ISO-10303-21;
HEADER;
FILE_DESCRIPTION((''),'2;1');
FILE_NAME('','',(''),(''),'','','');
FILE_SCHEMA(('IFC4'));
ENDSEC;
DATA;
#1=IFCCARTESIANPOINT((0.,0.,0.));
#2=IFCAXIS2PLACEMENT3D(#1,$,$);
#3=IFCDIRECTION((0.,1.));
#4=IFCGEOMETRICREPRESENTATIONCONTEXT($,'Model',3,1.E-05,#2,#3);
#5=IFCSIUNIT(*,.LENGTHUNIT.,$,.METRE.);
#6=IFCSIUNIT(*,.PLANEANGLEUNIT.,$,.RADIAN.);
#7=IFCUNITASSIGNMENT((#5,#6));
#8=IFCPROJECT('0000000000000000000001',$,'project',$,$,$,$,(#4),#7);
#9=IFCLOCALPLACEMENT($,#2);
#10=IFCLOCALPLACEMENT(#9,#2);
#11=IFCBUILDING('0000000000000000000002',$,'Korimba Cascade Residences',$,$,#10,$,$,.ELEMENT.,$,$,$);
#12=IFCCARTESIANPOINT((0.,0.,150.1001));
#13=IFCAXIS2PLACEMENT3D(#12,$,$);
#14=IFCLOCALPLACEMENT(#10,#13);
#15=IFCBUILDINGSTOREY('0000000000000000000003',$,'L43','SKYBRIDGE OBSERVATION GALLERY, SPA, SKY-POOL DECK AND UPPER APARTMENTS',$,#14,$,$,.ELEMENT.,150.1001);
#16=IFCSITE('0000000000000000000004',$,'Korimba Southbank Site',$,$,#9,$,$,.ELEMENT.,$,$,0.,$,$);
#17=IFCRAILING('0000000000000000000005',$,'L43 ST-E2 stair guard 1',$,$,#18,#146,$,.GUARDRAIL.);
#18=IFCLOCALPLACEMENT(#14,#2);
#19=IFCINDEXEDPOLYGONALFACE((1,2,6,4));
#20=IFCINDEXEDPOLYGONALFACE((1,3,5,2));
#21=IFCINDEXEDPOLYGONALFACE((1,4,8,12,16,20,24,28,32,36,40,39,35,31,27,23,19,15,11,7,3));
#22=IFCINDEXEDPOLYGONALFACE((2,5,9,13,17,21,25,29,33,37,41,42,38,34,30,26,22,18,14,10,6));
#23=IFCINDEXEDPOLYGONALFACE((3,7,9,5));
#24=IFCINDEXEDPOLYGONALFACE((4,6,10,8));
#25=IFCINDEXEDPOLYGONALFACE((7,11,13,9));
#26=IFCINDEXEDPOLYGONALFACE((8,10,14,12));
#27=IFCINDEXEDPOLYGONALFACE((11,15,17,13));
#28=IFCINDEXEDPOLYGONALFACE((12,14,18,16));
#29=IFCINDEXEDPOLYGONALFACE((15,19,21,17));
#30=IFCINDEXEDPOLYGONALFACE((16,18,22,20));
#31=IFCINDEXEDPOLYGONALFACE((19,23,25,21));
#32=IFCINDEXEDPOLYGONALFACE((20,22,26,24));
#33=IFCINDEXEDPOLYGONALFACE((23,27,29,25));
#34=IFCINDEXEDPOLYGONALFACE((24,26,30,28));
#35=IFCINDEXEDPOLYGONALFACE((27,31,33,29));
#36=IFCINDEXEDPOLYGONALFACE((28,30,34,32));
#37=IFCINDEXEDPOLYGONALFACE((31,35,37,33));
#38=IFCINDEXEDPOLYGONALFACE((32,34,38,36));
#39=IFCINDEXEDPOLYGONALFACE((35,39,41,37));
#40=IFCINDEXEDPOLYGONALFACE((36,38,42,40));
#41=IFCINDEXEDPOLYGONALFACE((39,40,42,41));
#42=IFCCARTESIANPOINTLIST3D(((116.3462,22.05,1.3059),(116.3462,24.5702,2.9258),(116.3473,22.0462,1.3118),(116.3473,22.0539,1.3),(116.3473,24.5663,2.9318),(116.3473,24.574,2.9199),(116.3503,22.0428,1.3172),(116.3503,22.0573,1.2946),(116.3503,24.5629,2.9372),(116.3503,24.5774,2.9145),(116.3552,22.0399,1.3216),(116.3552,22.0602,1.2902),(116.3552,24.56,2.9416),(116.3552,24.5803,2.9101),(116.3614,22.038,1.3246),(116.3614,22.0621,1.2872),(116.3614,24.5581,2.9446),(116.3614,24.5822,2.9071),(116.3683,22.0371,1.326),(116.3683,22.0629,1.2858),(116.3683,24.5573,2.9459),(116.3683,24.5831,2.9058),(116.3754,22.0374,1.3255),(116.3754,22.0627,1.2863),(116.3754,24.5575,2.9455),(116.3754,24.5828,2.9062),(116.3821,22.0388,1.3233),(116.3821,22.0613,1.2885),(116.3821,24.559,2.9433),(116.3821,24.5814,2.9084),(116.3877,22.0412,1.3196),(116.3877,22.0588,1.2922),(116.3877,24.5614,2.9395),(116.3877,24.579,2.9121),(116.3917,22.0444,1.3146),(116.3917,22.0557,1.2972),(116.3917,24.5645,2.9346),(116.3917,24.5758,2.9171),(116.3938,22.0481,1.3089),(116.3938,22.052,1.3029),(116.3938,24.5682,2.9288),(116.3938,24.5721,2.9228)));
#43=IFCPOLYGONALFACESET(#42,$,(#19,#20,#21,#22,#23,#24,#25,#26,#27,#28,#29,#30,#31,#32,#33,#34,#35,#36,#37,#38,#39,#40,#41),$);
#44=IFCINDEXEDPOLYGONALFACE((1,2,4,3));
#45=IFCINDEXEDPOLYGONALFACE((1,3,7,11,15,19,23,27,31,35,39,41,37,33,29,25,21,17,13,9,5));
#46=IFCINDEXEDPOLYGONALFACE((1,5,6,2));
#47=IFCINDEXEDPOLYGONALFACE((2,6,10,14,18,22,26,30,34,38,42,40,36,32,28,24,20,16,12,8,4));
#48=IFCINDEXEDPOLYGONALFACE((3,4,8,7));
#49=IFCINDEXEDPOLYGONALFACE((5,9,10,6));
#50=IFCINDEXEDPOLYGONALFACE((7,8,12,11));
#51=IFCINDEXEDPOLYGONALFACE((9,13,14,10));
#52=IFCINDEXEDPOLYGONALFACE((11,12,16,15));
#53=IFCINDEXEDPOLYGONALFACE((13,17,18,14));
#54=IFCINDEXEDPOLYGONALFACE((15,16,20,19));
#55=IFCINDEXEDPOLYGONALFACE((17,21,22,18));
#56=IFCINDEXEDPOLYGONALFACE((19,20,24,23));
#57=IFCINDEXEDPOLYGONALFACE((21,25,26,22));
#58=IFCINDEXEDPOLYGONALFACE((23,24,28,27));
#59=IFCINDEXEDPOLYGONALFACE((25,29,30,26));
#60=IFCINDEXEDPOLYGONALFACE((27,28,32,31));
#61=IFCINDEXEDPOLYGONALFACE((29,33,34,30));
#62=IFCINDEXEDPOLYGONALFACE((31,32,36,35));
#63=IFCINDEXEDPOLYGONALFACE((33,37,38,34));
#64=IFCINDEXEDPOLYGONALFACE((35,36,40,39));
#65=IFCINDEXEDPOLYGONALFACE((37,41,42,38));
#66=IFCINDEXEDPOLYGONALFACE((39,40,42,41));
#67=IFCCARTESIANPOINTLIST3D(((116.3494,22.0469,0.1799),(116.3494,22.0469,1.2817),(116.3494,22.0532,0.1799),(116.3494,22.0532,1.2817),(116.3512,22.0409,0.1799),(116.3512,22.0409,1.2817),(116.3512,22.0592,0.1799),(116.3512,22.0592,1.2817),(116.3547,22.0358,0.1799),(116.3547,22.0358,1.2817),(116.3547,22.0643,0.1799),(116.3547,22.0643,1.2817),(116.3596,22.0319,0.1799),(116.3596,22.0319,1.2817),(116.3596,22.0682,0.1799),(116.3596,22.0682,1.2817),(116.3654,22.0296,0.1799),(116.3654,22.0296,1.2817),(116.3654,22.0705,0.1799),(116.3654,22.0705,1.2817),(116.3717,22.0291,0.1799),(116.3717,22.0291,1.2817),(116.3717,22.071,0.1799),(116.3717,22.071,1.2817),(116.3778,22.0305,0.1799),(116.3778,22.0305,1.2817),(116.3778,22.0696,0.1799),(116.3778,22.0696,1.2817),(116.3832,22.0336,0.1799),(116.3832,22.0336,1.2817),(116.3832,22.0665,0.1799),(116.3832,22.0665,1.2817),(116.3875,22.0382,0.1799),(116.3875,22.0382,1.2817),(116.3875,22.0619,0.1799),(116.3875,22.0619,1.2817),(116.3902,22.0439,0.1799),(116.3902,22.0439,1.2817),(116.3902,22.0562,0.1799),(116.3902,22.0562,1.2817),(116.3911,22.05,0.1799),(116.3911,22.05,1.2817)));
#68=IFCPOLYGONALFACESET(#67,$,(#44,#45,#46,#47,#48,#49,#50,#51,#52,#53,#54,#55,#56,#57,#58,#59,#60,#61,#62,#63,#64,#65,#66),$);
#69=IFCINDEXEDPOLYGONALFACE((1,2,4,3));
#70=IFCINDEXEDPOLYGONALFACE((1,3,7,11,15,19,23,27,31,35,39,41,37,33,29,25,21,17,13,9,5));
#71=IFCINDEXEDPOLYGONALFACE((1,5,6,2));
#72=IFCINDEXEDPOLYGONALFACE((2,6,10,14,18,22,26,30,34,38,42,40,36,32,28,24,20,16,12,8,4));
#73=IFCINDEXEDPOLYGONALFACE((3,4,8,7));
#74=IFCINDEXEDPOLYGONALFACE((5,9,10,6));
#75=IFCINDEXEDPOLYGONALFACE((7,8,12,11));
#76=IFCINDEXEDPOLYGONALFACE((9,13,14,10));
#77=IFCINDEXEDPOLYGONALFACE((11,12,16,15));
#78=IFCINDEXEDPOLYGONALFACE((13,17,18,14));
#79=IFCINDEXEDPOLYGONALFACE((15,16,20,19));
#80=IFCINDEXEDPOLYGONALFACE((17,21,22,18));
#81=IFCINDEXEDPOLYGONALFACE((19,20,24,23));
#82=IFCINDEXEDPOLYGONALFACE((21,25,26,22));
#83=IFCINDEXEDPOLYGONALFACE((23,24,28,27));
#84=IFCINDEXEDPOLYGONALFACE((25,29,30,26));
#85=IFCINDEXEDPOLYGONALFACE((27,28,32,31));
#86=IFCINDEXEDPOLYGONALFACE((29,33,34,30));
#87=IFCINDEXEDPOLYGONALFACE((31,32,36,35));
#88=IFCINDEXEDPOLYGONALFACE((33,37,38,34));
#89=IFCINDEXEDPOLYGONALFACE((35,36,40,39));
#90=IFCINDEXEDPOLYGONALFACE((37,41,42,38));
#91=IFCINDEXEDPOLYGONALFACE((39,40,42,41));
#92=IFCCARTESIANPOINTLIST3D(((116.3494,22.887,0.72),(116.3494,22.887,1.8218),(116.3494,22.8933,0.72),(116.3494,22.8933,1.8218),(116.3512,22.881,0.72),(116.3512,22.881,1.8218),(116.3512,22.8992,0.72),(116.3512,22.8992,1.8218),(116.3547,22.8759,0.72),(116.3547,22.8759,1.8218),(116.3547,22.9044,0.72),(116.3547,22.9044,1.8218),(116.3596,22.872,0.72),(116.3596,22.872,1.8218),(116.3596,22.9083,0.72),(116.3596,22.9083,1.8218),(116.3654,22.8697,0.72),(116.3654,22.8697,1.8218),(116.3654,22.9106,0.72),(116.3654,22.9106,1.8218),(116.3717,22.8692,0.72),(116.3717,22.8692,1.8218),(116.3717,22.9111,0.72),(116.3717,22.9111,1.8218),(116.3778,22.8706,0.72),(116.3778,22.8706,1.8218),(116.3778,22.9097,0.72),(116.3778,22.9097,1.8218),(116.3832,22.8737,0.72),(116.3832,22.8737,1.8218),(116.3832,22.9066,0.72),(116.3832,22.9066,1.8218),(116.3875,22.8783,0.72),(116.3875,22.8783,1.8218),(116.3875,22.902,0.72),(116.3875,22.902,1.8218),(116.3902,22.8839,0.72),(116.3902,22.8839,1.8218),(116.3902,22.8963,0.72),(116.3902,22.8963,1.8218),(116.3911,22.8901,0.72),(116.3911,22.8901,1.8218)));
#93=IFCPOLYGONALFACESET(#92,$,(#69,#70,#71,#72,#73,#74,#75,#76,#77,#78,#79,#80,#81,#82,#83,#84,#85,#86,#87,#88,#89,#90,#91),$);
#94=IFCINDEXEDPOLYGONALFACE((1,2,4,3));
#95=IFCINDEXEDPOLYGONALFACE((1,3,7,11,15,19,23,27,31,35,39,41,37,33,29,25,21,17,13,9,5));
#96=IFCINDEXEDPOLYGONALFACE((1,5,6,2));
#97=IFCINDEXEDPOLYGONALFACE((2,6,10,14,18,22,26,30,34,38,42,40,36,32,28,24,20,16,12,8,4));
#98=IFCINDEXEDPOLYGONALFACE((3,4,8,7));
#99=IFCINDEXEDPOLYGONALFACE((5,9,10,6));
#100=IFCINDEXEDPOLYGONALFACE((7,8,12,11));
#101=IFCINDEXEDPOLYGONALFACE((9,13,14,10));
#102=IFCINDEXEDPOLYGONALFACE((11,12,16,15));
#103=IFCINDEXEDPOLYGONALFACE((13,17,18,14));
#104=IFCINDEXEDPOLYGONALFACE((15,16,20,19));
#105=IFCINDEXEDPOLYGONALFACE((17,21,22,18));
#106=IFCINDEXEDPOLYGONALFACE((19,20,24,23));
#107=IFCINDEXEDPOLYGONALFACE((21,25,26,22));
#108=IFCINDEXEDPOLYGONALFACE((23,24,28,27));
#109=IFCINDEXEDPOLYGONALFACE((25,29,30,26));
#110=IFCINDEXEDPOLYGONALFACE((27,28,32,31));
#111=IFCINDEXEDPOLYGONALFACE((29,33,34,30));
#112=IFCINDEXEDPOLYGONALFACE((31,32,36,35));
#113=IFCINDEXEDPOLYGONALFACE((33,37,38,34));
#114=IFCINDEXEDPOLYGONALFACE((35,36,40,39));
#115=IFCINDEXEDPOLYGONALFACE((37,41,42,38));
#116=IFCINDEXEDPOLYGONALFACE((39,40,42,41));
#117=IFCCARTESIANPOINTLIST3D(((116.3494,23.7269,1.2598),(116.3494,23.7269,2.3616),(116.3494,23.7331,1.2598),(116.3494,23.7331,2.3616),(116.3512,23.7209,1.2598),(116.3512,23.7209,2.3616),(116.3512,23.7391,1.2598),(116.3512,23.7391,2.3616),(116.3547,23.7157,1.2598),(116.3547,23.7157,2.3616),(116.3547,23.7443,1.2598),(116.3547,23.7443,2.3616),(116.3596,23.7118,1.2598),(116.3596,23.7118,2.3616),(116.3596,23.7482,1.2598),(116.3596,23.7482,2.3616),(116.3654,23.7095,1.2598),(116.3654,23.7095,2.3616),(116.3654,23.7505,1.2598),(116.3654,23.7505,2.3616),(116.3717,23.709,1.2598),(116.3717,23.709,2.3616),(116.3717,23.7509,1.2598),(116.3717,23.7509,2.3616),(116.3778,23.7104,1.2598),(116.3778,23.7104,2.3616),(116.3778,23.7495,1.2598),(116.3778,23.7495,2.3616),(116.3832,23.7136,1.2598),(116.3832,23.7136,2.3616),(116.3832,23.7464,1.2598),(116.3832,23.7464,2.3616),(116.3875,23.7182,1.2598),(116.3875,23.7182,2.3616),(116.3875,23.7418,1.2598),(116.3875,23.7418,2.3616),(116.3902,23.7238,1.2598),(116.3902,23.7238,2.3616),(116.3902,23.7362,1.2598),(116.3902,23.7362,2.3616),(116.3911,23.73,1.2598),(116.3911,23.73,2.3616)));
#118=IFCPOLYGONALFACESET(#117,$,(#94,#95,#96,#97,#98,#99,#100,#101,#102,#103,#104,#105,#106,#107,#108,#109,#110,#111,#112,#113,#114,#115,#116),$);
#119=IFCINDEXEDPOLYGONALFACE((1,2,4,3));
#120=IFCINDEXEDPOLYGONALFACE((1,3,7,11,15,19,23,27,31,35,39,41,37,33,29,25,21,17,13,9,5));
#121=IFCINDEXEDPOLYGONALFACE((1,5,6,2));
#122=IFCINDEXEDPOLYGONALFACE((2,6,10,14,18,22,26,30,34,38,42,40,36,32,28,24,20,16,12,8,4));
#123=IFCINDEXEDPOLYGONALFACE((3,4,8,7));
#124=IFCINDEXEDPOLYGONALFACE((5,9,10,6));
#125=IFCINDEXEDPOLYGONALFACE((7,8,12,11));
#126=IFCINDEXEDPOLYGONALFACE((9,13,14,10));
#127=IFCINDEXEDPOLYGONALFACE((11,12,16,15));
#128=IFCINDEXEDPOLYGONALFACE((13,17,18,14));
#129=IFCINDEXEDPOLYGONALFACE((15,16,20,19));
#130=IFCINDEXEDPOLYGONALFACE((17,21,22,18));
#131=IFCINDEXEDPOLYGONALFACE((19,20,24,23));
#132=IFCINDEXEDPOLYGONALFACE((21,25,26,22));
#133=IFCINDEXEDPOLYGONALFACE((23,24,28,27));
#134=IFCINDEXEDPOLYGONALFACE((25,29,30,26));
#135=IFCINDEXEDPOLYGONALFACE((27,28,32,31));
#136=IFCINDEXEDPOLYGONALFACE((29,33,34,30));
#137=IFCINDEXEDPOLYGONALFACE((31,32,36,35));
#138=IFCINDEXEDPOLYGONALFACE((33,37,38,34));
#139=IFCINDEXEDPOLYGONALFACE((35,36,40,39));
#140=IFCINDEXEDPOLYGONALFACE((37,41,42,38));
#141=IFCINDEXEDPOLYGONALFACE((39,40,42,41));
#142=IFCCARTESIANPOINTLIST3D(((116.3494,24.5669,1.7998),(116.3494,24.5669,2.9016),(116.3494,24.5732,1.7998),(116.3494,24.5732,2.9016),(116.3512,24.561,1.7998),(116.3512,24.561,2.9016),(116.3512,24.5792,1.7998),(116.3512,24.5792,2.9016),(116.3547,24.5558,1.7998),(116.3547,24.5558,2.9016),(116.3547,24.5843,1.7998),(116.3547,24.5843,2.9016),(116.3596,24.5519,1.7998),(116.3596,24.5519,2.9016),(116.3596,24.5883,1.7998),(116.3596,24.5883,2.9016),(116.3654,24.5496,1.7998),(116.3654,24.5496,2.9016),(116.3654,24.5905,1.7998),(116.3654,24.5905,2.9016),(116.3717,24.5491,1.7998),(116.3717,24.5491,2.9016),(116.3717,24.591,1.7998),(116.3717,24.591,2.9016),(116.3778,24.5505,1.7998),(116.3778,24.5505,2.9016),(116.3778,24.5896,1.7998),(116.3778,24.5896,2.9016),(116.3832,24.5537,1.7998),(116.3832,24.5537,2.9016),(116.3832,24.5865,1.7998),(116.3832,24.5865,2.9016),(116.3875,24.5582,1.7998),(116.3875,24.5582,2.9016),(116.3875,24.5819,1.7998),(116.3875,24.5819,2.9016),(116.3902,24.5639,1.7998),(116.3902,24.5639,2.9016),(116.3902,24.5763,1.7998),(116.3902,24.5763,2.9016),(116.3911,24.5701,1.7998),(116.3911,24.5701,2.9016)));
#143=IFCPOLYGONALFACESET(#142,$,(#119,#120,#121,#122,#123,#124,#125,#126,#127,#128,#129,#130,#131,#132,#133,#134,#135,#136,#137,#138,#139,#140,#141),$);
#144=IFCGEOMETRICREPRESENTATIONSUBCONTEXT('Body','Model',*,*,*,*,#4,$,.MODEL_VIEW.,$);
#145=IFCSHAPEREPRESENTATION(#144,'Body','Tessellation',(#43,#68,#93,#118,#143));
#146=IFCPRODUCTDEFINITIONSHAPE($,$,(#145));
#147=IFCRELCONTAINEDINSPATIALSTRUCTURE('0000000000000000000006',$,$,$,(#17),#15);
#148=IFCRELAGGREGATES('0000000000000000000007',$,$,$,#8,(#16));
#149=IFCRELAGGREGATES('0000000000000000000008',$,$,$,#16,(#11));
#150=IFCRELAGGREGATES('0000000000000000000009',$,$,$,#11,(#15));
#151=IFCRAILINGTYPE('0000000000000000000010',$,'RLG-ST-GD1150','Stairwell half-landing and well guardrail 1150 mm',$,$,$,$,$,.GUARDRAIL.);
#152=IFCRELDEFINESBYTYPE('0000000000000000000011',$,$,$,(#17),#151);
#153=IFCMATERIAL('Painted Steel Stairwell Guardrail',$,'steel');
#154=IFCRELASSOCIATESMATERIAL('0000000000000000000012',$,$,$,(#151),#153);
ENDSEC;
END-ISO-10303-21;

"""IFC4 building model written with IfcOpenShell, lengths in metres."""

from ifc_helpers import new_model, si_unit, direction, frame, origin, origin_2d, place, context, subcontext, project, spatial, circle, extrude, material, type_object, element, save


model = new_model("IFC4")

# Units and contexts
model_context = context("Model", 3, precision=1e-05, world=origin(), true_north=direction((0.0, 1.0)))
body_context = subcontext(model_context, "Body", "Model", "MODEL_VIEW")
ifc_project = project(units=[si_unit("LENGTHUNIT", "METRE"), si_unit("PLANEANGLEUNIT", "RADIAN")], contexts=[model_context])

# Site, building, storey
site_placement = place(None, origin())
site = spatial("IfcSite", under=ifc_project, at=site_placement, Name="Korimba Southbank Site", CompositionType="ELEMENT", RefElevation=0.0)
building_placement = place(site_placement, origin())
building = spatial("IfcBuilding", under=site, at=building_placement, Name="Korimba Cascade Residences", CompositionType="ELEMENT")
storey_placement = place(building_placement, frame((0.0, 0.0, 150.1001)))
storey = spatial("IfcBuildingStorey", under=building, at=storey_placement, Name="L43", Description="SKYBRIDGE OBSERVATION GALLERY, SPA, SKY-POOL DECK AND UPPER APARTMENTS", CompositionType="ELEMENT", Elevation=150.1001)

# Railing
ifc_material_1 = material(Name="Painted Steel Stairwell Guardrail", Category="steel")
railing_type_1 = type_object("IfcRailingType", Name="RLG-ST-GD1150", Description="Stairwell half-landing and well guardrail 1150 mm", PredefinedType="GUARDRAIL", material=ifc_material_1)
railing_1_placement = place(storey_placement, frame((116.3701, 22.05, 0.1799)))
element("IfcRailing", 1, at=railing_1_placement, inside=storey, type_object=railing_type_1, Name="L43 ST-E2 stair guard 1", PredefinedType="GUARDRAIL", context=body_context, shape_type="SweptSolid", body=[
    extrude(circle(Radius=0.0239, at=origin_2d()), frame((0.0, 0.0, 1.126), z_axis=(0.0, 0.8412, 0.540725), x_axis=(-1.0, 0.0, 0.0)), (0.0, 0.0, 1.0), 2.9958),
    extrude(circle(Radius=0.021, at=origin_2d()), origin(), (0.0, 0.0, 1.0), 1.1018),
    extrude(circle(Radius=0.021, at=origin_2d()), frame((0.0, 0.8401, 0.54)), (0.0, 0.0, 1.0), 1.1018),
    extrude(circle(Radius=0.021, at=origin_2d()), frame((0.0, 1.6799, 1.0798)), (0.0, 0.0, 1.0), 1.1018),
    extrude(circle(Radius=0.021, at=origin_2d()), frame((0.0, 2.52, 1.6199)), (0.0, 0.0, 1.0), 1.1018),
])

save(model, "model.ifc")
